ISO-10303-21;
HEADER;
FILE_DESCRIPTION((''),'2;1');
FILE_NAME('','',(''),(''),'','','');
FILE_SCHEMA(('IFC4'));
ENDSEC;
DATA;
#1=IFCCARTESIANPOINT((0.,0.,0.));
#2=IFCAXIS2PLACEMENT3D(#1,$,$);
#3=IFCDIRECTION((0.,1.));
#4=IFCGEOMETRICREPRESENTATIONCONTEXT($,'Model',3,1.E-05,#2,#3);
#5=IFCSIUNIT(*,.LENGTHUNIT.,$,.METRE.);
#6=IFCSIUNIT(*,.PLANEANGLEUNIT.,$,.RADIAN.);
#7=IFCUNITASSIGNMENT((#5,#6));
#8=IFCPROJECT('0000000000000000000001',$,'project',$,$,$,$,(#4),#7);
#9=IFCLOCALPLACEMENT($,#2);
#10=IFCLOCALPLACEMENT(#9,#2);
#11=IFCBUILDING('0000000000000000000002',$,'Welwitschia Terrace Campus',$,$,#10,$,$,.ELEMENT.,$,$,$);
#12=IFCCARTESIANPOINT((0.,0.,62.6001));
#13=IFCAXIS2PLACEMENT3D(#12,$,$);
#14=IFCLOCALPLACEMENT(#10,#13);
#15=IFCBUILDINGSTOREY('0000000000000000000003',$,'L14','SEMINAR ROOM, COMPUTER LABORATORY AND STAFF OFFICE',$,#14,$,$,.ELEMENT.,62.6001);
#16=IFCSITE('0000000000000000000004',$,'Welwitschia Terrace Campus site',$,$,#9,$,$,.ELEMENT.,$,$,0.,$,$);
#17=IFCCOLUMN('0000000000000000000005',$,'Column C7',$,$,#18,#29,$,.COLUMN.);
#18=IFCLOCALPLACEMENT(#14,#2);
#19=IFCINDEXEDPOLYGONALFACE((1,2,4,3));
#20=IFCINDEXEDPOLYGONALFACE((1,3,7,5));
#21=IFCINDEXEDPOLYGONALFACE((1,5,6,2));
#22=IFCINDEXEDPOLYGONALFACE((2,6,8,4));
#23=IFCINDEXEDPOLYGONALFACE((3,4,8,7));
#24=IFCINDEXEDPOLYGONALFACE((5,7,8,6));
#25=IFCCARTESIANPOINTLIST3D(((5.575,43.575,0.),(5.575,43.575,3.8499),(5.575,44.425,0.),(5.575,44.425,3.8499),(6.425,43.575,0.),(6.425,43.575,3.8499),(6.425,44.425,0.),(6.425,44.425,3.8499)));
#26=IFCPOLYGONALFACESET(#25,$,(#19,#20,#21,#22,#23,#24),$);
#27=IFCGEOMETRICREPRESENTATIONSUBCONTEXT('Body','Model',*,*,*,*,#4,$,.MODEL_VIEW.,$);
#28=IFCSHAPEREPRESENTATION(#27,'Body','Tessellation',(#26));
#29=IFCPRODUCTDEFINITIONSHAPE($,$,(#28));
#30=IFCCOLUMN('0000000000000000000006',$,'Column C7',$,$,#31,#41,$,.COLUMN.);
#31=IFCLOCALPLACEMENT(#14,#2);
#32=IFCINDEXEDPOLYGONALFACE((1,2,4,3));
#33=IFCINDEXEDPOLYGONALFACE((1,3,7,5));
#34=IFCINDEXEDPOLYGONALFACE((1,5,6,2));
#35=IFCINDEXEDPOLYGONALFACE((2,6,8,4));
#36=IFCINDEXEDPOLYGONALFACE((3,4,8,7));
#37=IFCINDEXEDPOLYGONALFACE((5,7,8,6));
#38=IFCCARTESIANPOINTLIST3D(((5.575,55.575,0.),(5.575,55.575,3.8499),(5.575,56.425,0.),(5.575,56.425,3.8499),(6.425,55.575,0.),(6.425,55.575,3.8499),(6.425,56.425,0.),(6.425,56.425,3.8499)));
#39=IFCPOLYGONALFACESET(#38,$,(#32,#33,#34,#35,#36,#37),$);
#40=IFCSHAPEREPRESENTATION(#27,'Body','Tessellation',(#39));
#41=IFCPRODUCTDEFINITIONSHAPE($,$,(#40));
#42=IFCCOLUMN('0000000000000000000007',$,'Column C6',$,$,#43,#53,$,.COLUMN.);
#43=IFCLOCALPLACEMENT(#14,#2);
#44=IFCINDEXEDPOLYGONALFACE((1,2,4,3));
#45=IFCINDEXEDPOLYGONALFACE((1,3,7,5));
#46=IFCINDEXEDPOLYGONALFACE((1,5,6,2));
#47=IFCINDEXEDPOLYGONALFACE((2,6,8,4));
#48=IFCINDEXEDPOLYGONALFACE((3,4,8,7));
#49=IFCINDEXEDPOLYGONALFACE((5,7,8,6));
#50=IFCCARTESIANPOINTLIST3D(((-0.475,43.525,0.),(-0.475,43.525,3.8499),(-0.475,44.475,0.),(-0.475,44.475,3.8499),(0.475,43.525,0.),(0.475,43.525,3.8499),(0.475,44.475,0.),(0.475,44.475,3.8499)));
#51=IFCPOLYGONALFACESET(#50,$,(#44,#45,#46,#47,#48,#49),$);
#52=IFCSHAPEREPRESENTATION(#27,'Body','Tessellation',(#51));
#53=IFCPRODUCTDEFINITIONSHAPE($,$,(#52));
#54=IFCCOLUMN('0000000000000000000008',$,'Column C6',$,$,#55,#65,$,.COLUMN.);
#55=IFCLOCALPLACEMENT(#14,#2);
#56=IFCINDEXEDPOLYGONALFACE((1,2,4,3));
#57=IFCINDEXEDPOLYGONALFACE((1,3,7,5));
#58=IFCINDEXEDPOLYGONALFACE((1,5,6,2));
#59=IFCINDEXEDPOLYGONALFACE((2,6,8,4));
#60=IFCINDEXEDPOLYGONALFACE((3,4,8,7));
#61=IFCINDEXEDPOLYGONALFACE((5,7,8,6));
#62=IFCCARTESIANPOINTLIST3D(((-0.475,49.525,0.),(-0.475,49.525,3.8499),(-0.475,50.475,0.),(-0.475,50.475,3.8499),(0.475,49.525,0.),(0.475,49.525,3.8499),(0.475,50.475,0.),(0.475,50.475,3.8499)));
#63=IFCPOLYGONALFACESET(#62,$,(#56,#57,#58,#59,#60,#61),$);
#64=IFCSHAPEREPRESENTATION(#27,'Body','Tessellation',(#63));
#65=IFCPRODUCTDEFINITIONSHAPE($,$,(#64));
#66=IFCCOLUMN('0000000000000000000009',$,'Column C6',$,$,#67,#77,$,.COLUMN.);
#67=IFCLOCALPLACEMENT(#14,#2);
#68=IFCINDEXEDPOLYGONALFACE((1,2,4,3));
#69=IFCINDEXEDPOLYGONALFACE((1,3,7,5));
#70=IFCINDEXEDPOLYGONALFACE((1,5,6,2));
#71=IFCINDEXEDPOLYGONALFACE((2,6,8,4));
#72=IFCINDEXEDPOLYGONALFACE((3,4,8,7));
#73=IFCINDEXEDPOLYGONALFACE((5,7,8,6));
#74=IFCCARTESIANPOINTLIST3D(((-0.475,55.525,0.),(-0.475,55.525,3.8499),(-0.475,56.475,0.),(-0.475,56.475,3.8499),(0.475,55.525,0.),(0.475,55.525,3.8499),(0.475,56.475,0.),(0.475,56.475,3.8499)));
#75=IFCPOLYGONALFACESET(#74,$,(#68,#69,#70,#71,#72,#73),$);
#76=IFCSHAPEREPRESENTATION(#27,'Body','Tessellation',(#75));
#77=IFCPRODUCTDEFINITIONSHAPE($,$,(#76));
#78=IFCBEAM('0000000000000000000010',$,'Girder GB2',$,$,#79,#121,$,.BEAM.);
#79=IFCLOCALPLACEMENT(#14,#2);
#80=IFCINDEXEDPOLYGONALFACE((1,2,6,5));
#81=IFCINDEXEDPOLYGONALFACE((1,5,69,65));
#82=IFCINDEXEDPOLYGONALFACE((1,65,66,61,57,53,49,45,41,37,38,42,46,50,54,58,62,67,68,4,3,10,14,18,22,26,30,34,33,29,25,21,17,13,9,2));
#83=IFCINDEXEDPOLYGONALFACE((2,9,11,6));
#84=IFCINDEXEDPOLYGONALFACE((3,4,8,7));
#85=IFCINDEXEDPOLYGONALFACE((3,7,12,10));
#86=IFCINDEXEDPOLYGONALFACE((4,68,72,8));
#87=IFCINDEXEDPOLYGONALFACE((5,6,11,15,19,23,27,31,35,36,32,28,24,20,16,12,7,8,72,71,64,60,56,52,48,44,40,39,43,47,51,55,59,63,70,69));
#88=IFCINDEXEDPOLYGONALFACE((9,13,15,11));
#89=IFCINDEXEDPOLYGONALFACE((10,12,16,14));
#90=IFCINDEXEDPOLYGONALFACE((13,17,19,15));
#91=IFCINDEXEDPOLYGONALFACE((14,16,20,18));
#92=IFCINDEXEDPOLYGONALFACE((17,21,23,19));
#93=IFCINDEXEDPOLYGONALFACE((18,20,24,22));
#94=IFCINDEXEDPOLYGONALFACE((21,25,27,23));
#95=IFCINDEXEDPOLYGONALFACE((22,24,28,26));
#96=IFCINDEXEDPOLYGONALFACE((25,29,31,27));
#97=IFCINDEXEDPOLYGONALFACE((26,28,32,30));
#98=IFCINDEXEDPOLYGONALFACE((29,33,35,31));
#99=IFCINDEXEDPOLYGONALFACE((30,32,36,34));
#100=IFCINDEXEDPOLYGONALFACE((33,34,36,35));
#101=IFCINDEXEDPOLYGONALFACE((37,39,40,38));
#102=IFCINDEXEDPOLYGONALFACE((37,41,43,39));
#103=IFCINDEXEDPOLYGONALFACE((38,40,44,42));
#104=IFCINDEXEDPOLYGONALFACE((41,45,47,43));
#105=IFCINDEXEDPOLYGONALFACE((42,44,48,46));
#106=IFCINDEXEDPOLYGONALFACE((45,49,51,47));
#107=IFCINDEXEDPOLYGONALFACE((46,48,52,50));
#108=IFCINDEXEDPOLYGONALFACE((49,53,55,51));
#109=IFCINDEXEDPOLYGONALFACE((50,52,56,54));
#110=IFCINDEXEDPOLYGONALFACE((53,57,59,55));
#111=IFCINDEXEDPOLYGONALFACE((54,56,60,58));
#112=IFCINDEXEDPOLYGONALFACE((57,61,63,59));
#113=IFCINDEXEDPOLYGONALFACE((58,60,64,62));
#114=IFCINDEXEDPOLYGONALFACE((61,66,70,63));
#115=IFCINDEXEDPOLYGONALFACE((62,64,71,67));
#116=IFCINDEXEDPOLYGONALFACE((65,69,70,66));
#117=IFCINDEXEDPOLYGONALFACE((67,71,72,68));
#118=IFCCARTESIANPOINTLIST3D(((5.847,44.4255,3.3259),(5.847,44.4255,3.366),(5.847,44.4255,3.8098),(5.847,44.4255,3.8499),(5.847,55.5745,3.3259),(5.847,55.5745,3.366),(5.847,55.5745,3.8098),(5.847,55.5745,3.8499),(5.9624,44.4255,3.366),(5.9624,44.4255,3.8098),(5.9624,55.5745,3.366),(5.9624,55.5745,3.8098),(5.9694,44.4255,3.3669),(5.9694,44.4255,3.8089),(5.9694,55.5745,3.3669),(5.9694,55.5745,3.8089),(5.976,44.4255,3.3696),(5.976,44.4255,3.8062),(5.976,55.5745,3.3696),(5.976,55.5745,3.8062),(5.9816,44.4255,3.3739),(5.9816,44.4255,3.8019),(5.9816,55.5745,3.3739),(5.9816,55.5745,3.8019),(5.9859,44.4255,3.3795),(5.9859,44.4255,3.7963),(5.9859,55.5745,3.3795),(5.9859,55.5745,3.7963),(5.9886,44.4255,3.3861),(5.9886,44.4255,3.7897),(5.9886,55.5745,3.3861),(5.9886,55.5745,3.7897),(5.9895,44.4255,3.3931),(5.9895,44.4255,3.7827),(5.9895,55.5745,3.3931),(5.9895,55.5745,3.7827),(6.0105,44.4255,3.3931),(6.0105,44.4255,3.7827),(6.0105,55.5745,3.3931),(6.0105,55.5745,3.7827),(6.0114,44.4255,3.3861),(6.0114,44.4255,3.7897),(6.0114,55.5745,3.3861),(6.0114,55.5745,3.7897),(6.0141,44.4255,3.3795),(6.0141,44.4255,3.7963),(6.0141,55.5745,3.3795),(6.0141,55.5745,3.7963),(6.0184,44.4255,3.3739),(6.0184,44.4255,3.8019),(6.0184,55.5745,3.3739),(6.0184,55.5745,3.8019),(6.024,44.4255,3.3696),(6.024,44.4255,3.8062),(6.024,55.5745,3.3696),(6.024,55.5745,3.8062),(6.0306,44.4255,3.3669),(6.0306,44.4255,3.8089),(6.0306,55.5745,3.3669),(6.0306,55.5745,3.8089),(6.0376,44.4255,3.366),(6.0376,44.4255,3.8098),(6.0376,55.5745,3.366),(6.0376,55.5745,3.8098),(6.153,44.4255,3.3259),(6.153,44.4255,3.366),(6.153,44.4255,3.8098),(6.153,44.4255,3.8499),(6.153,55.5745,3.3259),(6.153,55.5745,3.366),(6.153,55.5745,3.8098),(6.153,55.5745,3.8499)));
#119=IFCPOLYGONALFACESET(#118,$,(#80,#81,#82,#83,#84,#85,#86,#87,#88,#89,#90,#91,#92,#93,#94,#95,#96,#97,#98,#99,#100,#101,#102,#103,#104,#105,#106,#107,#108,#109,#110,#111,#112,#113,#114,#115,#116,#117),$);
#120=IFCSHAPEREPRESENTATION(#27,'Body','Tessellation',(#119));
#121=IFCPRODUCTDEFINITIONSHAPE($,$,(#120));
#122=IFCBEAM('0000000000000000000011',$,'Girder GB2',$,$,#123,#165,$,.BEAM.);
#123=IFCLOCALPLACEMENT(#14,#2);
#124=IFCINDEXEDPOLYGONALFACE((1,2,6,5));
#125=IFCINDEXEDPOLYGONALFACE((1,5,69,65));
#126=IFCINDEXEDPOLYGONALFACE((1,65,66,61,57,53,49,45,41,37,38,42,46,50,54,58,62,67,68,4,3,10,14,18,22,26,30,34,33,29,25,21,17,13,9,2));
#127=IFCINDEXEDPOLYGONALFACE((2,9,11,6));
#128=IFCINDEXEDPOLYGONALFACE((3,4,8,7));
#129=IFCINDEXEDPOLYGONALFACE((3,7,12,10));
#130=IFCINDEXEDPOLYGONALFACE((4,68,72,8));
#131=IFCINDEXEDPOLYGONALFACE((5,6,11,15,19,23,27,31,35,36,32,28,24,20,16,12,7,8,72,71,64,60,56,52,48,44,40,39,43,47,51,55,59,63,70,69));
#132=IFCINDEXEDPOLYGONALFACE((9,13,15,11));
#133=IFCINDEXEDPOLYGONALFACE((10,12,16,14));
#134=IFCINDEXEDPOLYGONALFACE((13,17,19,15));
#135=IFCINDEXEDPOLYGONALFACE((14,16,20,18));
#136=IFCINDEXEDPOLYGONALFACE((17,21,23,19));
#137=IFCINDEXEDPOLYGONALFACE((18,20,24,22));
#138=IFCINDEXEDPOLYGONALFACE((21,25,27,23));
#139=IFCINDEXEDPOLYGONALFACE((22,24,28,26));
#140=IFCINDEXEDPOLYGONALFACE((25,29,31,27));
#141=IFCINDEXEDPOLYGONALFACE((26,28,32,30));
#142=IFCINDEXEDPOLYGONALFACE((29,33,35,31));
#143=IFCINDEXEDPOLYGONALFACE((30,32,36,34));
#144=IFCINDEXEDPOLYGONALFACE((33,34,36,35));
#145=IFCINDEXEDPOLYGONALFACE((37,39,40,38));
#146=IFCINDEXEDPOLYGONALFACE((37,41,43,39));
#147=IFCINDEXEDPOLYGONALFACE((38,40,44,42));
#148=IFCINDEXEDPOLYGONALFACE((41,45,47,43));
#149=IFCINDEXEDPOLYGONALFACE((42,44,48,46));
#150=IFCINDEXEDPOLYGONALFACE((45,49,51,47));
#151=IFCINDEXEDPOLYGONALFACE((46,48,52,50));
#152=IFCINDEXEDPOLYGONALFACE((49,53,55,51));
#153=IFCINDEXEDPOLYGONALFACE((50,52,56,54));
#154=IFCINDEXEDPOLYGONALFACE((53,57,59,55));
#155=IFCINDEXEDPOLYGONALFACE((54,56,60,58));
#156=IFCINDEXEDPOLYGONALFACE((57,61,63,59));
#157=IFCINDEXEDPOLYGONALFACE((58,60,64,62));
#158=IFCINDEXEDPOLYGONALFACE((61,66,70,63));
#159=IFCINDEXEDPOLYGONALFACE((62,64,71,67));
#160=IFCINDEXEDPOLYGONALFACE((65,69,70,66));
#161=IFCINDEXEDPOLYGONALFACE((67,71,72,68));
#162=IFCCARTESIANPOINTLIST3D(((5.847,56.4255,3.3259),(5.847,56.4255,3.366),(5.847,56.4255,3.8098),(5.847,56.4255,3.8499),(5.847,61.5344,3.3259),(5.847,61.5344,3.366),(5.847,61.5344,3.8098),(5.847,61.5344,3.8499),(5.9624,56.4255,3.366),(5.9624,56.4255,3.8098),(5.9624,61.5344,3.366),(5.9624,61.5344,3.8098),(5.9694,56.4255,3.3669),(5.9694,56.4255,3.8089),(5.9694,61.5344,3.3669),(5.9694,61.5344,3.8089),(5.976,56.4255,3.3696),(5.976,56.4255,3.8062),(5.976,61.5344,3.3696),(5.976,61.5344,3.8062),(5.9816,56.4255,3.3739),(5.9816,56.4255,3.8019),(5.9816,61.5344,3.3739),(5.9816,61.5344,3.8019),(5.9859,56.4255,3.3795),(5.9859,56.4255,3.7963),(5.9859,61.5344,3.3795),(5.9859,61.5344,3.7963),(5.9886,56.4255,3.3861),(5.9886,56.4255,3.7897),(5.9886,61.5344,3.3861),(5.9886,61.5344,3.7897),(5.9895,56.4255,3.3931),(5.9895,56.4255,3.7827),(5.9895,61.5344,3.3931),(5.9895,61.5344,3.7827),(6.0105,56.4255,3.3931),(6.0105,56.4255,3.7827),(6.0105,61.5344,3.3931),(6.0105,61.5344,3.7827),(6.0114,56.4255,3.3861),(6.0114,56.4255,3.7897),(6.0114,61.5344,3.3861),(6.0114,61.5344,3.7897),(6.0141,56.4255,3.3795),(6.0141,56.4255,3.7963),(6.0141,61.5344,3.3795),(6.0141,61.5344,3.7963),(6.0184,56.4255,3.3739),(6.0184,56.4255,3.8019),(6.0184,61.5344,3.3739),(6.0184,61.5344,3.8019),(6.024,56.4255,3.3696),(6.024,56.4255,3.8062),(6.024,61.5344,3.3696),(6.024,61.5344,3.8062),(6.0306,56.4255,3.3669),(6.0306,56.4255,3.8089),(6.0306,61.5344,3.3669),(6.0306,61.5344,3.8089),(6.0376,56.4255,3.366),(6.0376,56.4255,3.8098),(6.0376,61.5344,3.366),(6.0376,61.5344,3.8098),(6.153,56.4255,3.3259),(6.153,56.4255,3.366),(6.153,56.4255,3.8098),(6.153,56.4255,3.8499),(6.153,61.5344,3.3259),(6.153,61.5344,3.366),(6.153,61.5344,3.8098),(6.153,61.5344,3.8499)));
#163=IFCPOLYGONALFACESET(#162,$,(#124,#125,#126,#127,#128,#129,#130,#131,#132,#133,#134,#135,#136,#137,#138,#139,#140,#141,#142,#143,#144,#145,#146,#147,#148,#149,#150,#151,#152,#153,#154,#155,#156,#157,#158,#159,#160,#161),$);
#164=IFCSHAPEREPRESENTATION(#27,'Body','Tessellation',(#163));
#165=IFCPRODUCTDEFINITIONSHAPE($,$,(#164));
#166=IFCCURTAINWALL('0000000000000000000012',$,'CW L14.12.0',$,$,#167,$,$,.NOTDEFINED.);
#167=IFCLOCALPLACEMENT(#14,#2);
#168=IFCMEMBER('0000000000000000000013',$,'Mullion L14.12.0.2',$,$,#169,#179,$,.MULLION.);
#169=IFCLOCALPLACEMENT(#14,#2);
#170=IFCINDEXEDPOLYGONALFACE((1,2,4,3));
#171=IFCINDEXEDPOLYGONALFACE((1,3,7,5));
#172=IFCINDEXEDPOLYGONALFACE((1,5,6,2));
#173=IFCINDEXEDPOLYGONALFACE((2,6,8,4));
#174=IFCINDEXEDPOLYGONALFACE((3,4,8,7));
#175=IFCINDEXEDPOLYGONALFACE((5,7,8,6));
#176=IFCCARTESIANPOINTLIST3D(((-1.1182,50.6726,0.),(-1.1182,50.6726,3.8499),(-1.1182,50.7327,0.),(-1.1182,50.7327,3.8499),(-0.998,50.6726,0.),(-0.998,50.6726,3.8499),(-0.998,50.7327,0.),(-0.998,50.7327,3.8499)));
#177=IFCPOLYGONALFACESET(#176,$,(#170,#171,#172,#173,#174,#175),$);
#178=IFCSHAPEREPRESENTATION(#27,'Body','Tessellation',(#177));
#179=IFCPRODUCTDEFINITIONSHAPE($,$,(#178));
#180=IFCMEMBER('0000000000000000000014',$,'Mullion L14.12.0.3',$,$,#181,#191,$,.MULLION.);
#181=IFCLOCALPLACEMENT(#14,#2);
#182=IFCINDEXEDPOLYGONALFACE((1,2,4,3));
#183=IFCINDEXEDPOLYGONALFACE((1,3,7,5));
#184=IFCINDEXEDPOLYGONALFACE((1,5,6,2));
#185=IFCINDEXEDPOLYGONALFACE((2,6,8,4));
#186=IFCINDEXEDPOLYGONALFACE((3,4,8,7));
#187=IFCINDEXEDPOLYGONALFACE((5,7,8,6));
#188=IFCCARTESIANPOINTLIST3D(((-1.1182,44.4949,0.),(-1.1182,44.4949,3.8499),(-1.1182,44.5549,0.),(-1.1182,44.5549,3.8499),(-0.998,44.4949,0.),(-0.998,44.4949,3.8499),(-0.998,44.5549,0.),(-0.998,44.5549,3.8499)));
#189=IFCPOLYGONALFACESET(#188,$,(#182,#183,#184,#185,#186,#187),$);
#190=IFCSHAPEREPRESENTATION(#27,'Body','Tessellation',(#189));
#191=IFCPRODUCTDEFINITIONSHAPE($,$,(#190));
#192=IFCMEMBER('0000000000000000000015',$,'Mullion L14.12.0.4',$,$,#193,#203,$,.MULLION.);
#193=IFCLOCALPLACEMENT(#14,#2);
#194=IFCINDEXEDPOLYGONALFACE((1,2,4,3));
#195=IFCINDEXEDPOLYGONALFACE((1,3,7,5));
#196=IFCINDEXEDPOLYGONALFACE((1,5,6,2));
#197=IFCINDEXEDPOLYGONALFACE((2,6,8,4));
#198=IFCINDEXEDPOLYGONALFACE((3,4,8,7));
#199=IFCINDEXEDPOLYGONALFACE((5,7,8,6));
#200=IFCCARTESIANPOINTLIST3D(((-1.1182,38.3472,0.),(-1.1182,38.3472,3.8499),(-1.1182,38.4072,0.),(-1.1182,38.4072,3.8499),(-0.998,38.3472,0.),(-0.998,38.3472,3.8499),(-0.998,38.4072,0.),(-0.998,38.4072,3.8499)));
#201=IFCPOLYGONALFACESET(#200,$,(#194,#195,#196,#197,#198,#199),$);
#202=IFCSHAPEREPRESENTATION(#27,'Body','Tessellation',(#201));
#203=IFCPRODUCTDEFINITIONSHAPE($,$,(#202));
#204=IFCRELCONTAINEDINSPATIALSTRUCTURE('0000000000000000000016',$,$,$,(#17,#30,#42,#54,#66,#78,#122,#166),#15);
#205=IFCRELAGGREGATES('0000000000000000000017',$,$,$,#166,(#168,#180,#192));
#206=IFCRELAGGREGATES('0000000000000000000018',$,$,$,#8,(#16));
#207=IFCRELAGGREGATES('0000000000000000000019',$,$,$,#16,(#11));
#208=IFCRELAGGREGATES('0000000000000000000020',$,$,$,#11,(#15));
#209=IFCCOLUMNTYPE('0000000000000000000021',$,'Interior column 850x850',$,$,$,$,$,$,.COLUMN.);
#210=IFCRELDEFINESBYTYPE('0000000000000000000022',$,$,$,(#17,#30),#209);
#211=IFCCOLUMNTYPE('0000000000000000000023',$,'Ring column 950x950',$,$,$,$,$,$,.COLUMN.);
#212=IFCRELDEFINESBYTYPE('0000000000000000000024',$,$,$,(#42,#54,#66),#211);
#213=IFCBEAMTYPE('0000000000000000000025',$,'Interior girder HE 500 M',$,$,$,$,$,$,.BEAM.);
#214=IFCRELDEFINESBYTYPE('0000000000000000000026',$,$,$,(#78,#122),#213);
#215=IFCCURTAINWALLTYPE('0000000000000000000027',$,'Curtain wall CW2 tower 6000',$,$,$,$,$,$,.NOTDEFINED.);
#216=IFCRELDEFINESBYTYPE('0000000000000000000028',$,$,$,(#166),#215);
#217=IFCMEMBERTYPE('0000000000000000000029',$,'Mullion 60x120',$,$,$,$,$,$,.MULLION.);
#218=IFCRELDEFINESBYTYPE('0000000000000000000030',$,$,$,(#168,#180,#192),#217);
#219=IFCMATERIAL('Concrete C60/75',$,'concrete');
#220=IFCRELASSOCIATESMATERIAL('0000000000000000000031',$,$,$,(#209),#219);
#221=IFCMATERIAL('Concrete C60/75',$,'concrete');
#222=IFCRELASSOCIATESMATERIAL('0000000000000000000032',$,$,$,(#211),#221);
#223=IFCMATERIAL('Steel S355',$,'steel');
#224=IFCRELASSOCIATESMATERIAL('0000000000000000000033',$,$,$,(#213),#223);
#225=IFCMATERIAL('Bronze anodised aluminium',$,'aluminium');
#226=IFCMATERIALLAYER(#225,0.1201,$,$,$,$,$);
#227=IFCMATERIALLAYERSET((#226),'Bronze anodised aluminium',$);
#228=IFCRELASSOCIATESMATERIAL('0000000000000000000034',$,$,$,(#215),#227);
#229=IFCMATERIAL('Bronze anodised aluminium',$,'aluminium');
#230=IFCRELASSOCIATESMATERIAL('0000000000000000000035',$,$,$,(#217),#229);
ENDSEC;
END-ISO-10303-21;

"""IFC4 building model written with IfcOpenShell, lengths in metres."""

from ifc_helpers import new_model, si_unit, direction, frame, origin, origin_2d, place, context, subcontext, project, spatial, rectangle, i_section, extrude, material, layer, layer_set, material_profile, profile_set, type_object, element, aggregate, save


model = new_model("IFC4")

# Units and contexts
model_context = context("Model", 3, precision=1e-05, world=origin(), true_north=direction((0.0, 1.0)))
body_context = subcontext(model_context, "Body", "Model", "MODEL_VIEW")
ifc_project = project(units=[si_unit("LENGTHUNIT", "METRE"), si_unit("PLANEANGLEUNIT", "RADIAN")], contexts=[model_context])

# Site, building, storey
site_placement = place(None, origin())
site = spatial("IfcSite", under=ifc_project, at=site_placement, Name="Welwitschia Terrace Campus site", CompositionType="ELEMENT", RefElevation=0.0)
building_placement = place(site_placement, origin())
building = spatial("IfcBuilding", under=site, at=building_placement, Name="Welwitschia Terrace Campus", CompositionType="ELEMENT")
storey_placement = place(building_placement, frame((0.0, 0.0, 62.6001)))
storey = spatial("IfcBuildingStorey", under=building, at=storey_placement, Name="L14", Description="SEMINAR ROOM, COMPUTER LABORATORY AND STAFF OFFICE", CompositionType="ELEMENT", Elevation=62.6001)

# Columns
ifc_material_1 = material(Name="Concrete C60/75", Category="concrete")
ifc_material_profile_1 = material_profile(ifc_material_1, rectangle(XDim=0.8501, YDim=0.8501, at=origin_2d()))
ifc_profile_set_1 = profile_set([ifc_material_profile_1], Name="Concrete C60/75")
column_type_1 = type_object("IfcColumnType", Name="Interior column 850x850", PredefinedType="COLUMN", material=ifc_profile_set_1)
for number, where, z_axis, x_axis, name in (
    (1, (6.0, 44.0, 0.0), (0.0, 0.0, 1.0), (1.0, 0.0, 0.0), "Column C7"),
    (2, (6.0, 56.0, 0.0), (0.0, 0.0, 1.0), (1.0, 0.0, 0.0), "Column C7"),
):
    element("IfcColumn", number, at=place(storey_placement, frame(where, z_axis=z_axis, x_axis=x_axis)), inside=storey, type_object=column_type_1, Name=name, PredefinedType="COLUMN", context=body_context, shape_type="SweptSolid", body=[
        extrude(rectangle(XDim=0.8501, YDim=0.8501, at=origin_2d()), origin(), (0.0, 0.0, 1.0), 3.8499),
    ])
ifc_material_2 = material(Name="Concrete C60/75", Category="concrete")
ifc_material_profile_2 = material_profile(ifc_material_2, rectangle(XDim=0.95, YDim=0.95, at=origin_2d()))
ifc_profile_set_2 = profile_set([ifc_material_profile_2], Name="Concrete C60/75")
column_type_2 = type_object("IfcColumnType", Name="Ring column 950x950", PredefinedType="COLUMN", material=ifc_profile_set_2)
for number, where, z_axis, x_axis, name in (
    (3, (0.0, 44.0, 0.0), (0.0, 0.0, 1.0), (1.0, 0.0, 0.0), "Column C6"),
    (4, (0.0, 50.0, 0.0), (0.0, 0.0, 1.0), (1.0, 0.0, 0.0), "Column C6"),
    (5, (0.0, 56.0, 0.0), (0.0, 0.0, 1.0), (1.0, 0.0, 0.0), "Column C6"),
):
    element("IfcColumn", number, at=place(storey_placement, frame(where, z_axis=z_axis, x_axis=x_axis)), inside=storey, type_object=column_type_2, Name=name, PredefinedType="COLUMN", context=body_context, shape_type="SweptSolid", body=[
        extrude(rectangle(XDim=0.95, YDim=0.95, at=origin_2d()), origin(), (0.0, 0.0, 1.0), 3.8499),
    ])

# Beams
ifc_material_3 = material(Name="Steel S355", Category="steel")
ifc_material_profile_3 = material_profile(ifc_material_3, i_section(OverallWidth=0.3059, OverallDepth=0.5239, WebThickness=0.021, FlangeThickness=0.04, FilletRadius=0.0271, at=origin_2d()))
ifc_profile_set_3 = profile_set([ifc_material_profile_3], Name="Steel S355")
beam_type_1 = type_object("IfcBeamType", Name="Interior girder HE 500 M", PredefinedType="BEAM", material=ifc_profile_set_3)
beam_1_placement = place(storey_placement, frame((6.0, 44.4255, 3.5879), z_axis=(0.0, 1.0, 0.0), x_axis=(-1.0, 0.0, 0.0)))
element("IfcBeam", 6, at=beam_1_placement, inside=storey, type_object=beam_type_1, Name="Girder GB2", PredefinedType="BEAM", context=body_context, shape_type="SweptSolid", body=[
    extrude(i_section(OverallWidth=0.3059, OverallDepth=0.5239, WebThickness=0.021, FlangeThickness=0.04, FilletRadius=0.0271, at=origin_2d()), origin(), (0.0, 0.0, 1.0), 11.1489),
])
beam_2_placement = place(storey_placement, frame((6.0, 56.4255, 3.5879), z_axis=(0.0, 1.0, 0.0), x_axis=(-1.0, 0.0, 0.0)))
element("IfcBeam", 7, at=beam_2_placement, inside=storey, type_object=beam_type_1, Name="Girder GB2", PredefinedType="BEAM", context=body_context, shape_type="SweptSolid", body=[
    extrude(i_section(OverallWidth=0.3059, OverallDepth=0.5239, WebThickness=0.021, FlangeThickness=0.04, FilletRadius=0.0271, at=origin_2d()), origin(), (0.0, 0.0, 1.0), 5.1089),
])

# Curtain wall, members
ifc_material_4 = material(Name="Bronze anodised aluminium", Category="aluminium")
ifc_layer_1 = layer(ifc_material_4, 0.1201)
ifc_layer_set_1 = layer_set([ifc_layer_1], Name="Bronze anodised aluminium")
curtain_wall_type = type_object("IfcCurtainWallType", Name="Curtain wall CW2 tower 6000", PredefinedType="NOTDEFINED", material=ifc_layer_set_1)
curtain_wall_placement = place(storey_placement, origin())
curtain_wall = element("IfcCurtainWall", 8, at=curtain_wall_placement, inside=storey, type_object=curtain_wall_type, Name="CW L14.12.0", PredefinedType="NOTDEFINED")
ifc_material_5 = material(Name="Bronze anodised aluminium", Category="aluminium")
ifc_material_profile_4 = material_profile(ifc_material_5, rectangle(XDim=0.1201, YDim=0.0601, at=origin_2d()))
ifc_profile_set_4 = profile_set([ifc_material_profile_4], Name="Bronze anodised aluminium")
member_type = type_object("IfcMemberType", Name="Mullion 60x120", PredefinedType="MULLION", material=ifc_profile_set_4)
member_1_placement = place(storey_placement, frame((-1.0581, 50.7026, 0.0), z_axis=(0.0, 0.0, 1.0), x_axis=(1.0, 0.0, 0.0)))
member_1 = element("IfcMember", 9, at=member_1_placement, type_object=member_type, Name="Mullion L14.12.0.2", PredefinedType="MULLION", context=body_context, shape_type="SweptSolid", body=[
    extrude(rectangle(XDim=0.1201, YDim=0.0601, at=origin_2d()), origin(), (0.0, 0.0, 1.0), 3.8499),
])
member_2_placement = place(storey_placement, frame((-1.0581, 44.5249, 0.0), z_axis=(0.0, 0.0, 1.0), x_axis=(1.0, 0.0, 0.0)))
member_2 = element("IfcMember", 10, at=member_2_placement, type_object=member_type, Name="Mullion L14.12.0.3", PredefinedType="MULLION", context=body_context, shape_type="SweptSolid", body=[
    extrude(rectangle(XDim=0.1201, YDim=0.0601, at=origin_2d()), origin(), (0.0, 0.0, 1.0), 3.8499),
])
member_3_placement = place(storey_placement, frame((-1.0581, 38.3772, 0.0), z_axis=(0.0, 0.0, 1.0), x_axis=(1.0, 0.0, 0.0)))
member_3 = element("IfcMember", 11, at=member_3_placement, type_object=member_type, Name="Mullion L14.12.0.4", PredefinedType="MULLION", context=body_context, shape_type="SweptSolid", body=[
    extrude(rectangle(XDim=0.1201, YDim=0.0601, at=origin_2d()), origin(), (0.0, 0.0, 1.0), 3.8499),
])

aggregate(curtain_wall, [member_1, member_2, member_3])

save(model, "model.ifc")
